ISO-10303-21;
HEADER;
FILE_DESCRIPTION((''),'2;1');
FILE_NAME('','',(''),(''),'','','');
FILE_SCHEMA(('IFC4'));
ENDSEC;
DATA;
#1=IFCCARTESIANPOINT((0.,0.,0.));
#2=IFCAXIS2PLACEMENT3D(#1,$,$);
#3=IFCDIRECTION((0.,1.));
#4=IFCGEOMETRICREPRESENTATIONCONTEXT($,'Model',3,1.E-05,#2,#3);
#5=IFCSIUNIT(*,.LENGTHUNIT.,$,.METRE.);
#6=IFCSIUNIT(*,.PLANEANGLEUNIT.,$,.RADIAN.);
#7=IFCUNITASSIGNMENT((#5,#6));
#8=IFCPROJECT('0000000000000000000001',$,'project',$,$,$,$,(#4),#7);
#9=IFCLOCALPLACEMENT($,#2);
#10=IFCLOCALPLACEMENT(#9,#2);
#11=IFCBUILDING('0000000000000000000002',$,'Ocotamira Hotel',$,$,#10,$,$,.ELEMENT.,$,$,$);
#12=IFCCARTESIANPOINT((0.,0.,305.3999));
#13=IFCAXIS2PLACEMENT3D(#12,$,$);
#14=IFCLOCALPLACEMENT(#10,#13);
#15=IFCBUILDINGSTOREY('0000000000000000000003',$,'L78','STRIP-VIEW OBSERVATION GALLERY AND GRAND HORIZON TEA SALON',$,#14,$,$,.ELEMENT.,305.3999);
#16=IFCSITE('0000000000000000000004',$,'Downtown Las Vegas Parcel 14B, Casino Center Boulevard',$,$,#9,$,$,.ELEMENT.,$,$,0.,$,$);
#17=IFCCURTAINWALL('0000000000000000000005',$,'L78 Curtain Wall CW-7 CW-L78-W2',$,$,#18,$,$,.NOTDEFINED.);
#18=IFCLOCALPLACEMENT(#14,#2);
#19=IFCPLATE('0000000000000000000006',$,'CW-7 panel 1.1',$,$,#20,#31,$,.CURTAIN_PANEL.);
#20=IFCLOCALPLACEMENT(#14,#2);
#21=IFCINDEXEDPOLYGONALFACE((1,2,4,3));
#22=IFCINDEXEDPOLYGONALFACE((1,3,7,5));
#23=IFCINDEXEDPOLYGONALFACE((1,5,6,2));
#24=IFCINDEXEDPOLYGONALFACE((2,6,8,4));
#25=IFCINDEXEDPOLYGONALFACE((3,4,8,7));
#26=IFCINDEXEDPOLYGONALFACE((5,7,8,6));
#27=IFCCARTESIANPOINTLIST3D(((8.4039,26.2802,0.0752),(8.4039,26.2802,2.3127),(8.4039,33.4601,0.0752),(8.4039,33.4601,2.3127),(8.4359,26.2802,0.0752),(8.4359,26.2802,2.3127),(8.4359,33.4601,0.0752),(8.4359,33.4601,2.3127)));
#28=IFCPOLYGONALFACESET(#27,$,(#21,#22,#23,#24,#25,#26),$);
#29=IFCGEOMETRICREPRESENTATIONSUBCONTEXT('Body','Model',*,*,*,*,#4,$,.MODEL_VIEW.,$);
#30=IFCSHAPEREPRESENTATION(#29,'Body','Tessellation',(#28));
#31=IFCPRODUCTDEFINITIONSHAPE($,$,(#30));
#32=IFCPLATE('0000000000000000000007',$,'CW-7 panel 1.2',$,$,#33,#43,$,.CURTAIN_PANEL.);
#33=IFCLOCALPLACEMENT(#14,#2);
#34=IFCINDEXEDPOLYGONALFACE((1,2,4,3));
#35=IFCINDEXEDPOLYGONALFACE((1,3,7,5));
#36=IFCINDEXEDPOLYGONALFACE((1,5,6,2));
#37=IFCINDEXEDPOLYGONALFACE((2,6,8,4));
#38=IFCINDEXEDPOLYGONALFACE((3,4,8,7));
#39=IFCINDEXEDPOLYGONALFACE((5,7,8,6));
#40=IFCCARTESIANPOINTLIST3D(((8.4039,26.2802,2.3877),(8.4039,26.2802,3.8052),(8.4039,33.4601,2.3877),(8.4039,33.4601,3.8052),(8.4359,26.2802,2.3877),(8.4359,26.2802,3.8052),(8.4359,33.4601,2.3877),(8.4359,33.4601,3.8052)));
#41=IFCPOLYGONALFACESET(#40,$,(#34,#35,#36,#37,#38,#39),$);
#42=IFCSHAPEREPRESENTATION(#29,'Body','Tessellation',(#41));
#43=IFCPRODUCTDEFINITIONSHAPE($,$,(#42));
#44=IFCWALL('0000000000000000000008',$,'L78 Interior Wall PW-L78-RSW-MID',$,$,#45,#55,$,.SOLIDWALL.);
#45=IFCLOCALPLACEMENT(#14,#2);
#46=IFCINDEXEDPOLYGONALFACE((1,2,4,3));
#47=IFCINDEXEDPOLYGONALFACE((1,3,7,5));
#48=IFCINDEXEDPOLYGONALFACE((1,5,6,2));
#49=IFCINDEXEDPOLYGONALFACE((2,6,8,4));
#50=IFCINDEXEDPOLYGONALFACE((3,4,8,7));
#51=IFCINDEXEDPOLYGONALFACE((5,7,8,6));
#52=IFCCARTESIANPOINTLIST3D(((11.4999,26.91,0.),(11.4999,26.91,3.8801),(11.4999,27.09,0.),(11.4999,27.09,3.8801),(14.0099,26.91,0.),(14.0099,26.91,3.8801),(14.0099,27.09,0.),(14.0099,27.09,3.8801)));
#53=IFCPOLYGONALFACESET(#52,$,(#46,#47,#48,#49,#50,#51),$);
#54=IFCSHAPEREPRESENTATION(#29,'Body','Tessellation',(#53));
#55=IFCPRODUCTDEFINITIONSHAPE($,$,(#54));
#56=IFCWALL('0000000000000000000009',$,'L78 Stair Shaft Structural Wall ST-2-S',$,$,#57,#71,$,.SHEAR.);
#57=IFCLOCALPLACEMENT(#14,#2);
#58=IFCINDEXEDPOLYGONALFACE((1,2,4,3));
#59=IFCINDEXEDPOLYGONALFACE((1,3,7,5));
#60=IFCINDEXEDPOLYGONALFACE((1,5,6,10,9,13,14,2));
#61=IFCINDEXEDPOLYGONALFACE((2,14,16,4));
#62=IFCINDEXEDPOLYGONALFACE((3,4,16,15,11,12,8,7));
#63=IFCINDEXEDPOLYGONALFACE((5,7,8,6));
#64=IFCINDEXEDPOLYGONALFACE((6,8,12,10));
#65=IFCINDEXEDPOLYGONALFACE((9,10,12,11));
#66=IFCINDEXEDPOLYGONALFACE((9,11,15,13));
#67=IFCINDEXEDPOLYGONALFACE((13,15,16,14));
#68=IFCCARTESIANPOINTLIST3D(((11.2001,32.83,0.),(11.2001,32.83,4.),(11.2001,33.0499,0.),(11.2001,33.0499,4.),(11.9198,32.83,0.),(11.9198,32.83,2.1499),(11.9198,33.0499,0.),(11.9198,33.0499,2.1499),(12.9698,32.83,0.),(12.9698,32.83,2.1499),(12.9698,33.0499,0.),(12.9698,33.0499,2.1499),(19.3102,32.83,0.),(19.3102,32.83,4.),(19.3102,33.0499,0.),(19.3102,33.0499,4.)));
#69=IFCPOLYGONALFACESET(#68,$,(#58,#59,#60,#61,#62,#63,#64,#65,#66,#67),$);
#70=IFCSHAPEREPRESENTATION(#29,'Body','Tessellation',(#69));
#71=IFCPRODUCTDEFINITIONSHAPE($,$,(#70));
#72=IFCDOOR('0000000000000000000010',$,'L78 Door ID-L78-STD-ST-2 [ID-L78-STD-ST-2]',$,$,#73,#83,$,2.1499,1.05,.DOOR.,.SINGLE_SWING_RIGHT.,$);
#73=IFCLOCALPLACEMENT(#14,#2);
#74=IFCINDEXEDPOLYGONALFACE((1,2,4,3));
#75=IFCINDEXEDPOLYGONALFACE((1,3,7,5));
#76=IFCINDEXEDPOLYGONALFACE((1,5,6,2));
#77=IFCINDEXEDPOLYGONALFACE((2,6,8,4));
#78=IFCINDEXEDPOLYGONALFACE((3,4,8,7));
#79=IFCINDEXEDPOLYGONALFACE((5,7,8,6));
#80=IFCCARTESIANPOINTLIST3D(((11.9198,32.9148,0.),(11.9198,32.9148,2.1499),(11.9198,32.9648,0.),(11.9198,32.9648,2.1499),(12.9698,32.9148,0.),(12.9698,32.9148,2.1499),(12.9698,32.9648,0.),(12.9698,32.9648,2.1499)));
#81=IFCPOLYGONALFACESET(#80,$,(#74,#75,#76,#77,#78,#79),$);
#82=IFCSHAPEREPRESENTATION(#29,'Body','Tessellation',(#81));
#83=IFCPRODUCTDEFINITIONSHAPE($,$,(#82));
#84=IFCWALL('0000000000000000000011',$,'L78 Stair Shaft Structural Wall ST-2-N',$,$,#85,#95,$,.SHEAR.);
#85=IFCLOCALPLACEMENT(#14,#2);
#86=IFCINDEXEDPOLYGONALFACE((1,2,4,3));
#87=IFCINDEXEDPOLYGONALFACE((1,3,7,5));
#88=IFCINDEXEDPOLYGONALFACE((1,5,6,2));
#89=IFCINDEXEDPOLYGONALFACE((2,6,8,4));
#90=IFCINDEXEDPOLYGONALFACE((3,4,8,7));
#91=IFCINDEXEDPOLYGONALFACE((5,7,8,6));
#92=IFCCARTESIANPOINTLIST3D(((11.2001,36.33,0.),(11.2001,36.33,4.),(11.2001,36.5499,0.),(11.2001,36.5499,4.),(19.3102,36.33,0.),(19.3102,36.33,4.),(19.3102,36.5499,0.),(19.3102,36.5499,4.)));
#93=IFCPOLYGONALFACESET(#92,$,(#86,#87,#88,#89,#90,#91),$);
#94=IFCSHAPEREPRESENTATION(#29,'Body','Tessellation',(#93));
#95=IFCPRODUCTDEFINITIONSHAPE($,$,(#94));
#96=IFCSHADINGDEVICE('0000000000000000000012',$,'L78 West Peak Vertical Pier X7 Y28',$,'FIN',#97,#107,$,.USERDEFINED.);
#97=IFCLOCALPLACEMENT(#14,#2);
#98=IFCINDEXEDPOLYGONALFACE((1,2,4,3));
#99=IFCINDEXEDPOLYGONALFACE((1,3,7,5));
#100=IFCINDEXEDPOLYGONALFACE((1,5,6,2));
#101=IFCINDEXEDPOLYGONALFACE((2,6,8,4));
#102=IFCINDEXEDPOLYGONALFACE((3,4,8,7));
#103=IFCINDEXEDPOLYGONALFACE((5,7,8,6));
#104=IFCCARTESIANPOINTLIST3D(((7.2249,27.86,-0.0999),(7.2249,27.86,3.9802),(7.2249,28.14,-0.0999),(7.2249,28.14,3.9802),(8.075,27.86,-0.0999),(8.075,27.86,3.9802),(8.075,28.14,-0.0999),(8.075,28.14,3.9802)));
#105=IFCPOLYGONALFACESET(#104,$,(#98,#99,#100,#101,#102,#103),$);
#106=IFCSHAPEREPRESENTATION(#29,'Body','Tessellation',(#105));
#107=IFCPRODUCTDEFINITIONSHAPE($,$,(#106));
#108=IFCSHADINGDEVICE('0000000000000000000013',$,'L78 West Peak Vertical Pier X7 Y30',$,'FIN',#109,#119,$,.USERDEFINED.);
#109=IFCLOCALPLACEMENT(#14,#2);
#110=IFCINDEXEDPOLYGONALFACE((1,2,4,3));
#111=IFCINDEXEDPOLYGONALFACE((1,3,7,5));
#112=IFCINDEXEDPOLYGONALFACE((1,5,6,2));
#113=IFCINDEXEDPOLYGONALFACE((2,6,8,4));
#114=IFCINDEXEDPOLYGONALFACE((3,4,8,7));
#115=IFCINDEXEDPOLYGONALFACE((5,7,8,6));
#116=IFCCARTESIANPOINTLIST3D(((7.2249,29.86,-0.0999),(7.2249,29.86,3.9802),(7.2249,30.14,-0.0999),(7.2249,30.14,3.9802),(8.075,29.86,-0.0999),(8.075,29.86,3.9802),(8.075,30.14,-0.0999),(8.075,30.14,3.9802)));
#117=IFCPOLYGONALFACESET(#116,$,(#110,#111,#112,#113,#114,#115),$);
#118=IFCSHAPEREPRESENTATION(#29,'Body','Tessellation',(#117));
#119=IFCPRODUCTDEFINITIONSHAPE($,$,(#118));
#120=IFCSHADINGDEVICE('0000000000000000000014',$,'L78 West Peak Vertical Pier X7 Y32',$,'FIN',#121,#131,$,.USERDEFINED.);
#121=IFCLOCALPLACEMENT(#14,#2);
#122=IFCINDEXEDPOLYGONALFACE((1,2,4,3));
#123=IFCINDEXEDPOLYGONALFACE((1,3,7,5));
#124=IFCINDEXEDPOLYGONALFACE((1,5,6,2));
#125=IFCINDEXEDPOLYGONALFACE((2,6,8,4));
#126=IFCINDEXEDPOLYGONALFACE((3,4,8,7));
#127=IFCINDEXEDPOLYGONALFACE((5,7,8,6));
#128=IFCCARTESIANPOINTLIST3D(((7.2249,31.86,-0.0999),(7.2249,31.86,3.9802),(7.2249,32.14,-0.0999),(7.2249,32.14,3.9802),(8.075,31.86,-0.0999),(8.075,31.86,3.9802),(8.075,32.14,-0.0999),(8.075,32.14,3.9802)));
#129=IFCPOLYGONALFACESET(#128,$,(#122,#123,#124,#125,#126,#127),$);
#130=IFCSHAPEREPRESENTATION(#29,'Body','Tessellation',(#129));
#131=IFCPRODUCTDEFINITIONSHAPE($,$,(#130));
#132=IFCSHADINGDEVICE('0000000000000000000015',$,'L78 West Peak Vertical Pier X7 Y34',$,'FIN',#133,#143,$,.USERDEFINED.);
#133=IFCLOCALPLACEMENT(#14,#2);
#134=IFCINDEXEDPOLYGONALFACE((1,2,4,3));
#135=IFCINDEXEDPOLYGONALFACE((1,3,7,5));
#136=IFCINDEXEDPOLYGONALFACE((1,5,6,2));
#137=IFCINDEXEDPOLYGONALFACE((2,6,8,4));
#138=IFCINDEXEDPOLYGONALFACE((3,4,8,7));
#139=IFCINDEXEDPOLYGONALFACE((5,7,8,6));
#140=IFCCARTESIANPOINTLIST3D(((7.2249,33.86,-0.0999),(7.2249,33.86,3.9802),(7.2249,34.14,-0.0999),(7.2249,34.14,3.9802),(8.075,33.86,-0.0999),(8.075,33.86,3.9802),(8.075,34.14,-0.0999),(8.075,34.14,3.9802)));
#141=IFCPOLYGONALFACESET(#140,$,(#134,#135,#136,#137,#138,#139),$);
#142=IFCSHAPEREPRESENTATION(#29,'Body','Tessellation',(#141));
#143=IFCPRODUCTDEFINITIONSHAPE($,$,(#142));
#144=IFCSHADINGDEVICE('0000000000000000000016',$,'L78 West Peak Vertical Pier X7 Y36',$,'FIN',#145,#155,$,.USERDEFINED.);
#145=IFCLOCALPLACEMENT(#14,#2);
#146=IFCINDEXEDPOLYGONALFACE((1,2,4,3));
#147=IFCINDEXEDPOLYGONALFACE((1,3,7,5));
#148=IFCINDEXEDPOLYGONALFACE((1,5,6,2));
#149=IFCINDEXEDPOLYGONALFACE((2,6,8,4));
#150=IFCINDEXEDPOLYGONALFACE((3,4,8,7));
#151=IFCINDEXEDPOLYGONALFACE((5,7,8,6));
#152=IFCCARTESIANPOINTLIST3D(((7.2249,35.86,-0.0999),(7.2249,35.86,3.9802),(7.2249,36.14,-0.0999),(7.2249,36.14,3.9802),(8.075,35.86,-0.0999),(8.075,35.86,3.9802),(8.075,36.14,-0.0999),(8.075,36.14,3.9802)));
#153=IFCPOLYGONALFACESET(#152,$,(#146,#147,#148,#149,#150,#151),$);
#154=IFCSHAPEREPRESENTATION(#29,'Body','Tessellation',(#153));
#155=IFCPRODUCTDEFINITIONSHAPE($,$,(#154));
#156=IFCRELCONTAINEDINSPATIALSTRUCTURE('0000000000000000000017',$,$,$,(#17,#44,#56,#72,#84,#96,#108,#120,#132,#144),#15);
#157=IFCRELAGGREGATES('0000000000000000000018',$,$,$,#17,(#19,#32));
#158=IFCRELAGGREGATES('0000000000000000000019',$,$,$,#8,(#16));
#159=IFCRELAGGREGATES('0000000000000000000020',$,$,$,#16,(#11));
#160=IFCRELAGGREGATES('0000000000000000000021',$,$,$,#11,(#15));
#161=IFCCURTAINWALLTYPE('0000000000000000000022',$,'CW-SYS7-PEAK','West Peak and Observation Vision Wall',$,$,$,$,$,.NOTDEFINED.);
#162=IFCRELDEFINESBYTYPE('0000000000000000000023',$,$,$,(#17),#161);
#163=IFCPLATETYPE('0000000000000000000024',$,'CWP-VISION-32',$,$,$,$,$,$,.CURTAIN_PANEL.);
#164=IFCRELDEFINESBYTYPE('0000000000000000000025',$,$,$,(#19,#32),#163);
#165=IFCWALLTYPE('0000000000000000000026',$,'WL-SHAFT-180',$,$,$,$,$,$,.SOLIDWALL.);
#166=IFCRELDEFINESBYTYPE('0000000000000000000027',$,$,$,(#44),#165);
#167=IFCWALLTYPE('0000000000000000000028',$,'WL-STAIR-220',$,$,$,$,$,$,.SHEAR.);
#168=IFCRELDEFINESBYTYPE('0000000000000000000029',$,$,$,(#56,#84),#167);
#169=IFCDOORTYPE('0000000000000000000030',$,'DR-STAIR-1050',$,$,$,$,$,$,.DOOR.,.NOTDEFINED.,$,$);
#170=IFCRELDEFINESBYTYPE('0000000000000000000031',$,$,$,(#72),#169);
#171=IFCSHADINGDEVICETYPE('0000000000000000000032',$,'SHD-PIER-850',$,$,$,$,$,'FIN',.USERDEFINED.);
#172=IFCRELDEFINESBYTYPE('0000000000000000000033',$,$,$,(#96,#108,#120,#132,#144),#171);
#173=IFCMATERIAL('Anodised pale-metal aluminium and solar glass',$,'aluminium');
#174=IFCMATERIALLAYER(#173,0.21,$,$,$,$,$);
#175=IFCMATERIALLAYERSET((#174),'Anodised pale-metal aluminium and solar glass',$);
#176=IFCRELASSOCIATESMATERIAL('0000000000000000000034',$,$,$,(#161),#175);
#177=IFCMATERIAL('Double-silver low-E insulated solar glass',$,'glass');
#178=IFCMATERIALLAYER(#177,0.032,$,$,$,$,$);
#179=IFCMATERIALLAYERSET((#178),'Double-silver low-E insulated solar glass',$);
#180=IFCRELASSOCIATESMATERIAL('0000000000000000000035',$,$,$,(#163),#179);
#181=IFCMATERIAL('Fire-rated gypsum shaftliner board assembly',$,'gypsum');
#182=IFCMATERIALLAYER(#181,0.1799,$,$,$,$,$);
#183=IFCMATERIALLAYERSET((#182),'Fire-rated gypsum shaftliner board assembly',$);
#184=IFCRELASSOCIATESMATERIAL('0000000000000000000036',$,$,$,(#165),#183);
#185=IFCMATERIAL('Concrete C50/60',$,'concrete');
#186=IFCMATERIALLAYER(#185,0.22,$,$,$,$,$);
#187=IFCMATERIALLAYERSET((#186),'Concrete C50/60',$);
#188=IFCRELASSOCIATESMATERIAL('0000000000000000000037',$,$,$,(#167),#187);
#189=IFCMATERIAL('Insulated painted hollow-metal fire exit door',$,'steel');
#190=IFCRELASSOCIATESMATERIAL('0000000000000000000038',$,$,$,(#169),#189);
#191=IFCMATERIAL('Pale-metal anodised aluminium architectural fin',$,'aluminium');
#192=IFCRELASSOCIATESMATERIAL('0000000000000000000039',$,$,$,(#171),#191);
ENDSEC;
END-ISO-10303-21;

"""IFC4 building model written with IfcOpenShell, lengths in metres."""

from ifc_helpers import new_model, si_unit, direction, frame, frame_2d, origin, origin_2d, place, context, subcontext, project, spatial, rectangle, extrude, source, transform, mapped, material, layer, layer_set, type_object, element, fill, aggregate, save


model = new_model("IFC4")

# Units and contexts
model_context = context("Model", 3, precision=1e-05, world=origin(), true_north=direction((0.0, 1.0)))
body_context = subcontext(model_context, "Body", "Model", "MODEL_VIEW")
ifc_project = project(units=[si_unit("LENGTHUNIT", "METRE"), si_unit("PLANEANGLEUNIT", "RADIAN")], contexts=[model_context])

# Site, building, storey
site_placement = place(None, origin())
site = spatial("IfcSite", under=ifc_project, at=site_placement, Name="Downtown Las Vegas Parcel 14B, Casino Center Boulevard", CompositionType="ELEMENT", RefElevation=0.0)
building_placement = place(site_placement, origin())
building = spatial("IfcBuilding", under=site, at=building_placement, Name="Ocotamira Hotel", CompositionType="ELEMENT")
storey_placement = place(building_placement, frame((0.0, 0.0, 305.3999)))
storey = spatial("IfcBuildingStorey", under=building, at=storey_placement, Name="L78", Description="STRIP-VIEW OBSERVATION GALLERY AND GRAND HORIZON TEA SALON", CompositionType="ELEMENT", Elevation=305.3999)

# Curtain wall, plates
ifc_material_1 = material(Name="Anodised pale-metal aluminium and solar glass", Category="aluminium")
ifc_layer_1 = layer(ifc_material_1, 0.21)
ifc_layer_set_1 = layer_set([ifc_layer_1], Name="Anodised pale-metal aluminium and solar glass")
curtain_wall_type = type_object("IfcCurtainWallType", Name="CW-SYS7-PEAK", Description="West Peak and Observation Vision Wall", PredefinedType="NOTDEFINED", material=ifc_layer_set_1)
curtain_wall_placement = place(storey_placement, origin())
curtain_wall = element("IfcCurtainWall", 1, at=curtain_wall_placement, inside=storey, type_object=curtain_wall_type, Name="L78 Curtain Wall CW-7 CW-L78-W2", PredefinedType="NOTDEFINED")
ifc_material_2 = material(Name="Double-silver low-E insulated solar glass", Category="glass")
ifc_layer_2 = layer(ifc_material_2, 0.032)
ifc_layer_set_2 = layer_set([ifc_layer_2], Name="Double-silver low-E insulated solar glass")
plate_type = type_object("IfcPlateType", Name="CWP-VISION-32", PredefinedType="CURTAIN_PANEL", material=ifc_layer_set_2)
shared_shape_1 = source(origin(), body_context, "Body", "SweptSolid", [
    extrude(rectangle(XDim=7.1799, YDim=0.032, at=origin_2d()), origin(), (0.0, 0.0, 1.0), 2.2375),
])
plate_1_placement = place(storey_placement, frame((8.4199, 29.8701, 0.0752), z_axis=(0.0, 0.0, 1.0), x_axis=(0.0, 1.0, 0.0)))
plate_1 = element("IfcPlate", 2, at=plate_1_placement, type_object=plate_type, Name="CW-7 panel 1.1", PredefinedType="CURTAIN_PANEL", context=body_context, shape_type="MappedRepresentation", body=[
    mapped(shared_shape_1, transform((0.0, 0.0, 0.0), scale=1.0)),
])
shared_shape_2 = source(origin(), body_context, "Body", "SweptSolid", [
    extrude(rectangle(XDim=7.1799, YDim=0.032, at=origin_2d()), origin(), (0.0, 0.0, 1.0), 1.4175),
])
plate_2_placement = place(storey_placement, frame((8.4199, 29.8701, 2.3877), z_axis=(0.0, 0.0, 1.0), x_axis=(0.0, 1.0, 0.0)))
plate_2 = element("IfcPlate", 3, at=plate_2_placement, type_object=plate_type, Name="CW-7 panel 1.2", PredefinedType="CURTAIN_PANEL", context=body_context, shape_type="MappedRepresentation", body=[
    mapped(shared_shape_2, transform((0.0, 0.0, 0.0), scale=1.0)),
])
aggregate(curtain_wall, [plate_1, plate_2])

# Wall
ifc_material_3 = material(Name="Fire-rated gypsum shaftliner board assembly", Category="gypsum")
ifc_layer_3 = layer(ifc_material_3, 0.1799)
ifc_layer_set_3 = layer_set([ifc_layer_3], Name="Fire-rated gypsum shaftliner board assembly")
wall_type_1 = type_object("IfcWallType", Name="WL-SHAFT-180", PredefinedType="SOLIDWALL", material=ifc_layer_set_3)
wall_1_placement = place(storey_placement, frame((11.5, 27.0, 0.0), z_axis=(0.0, 0.0, 1.0), x_axis=(1.0, 0.0, 0.0)))
element("IfcWall", 4, at=wall_1_placement, inside=storey, type_object=wall_type_1, Name="L78 Interior Wall PW-L78-RSW-MID", PredefinedType="SOLIDWALL", context=body_context, shape_type="SweptSolid", body=[
    extrude(rectangle(XDim=2.51, YDim=0.1799, at=frame_2d((1.2549, 0.0))), origin(), (0.0, 0.0, 1.0), 3.8801),
])

# Wall, opening, door
ifc_material_4 = material(Name="Concrete C50/60", Category="concrete")
ifc_layer_4 = layer(ifc_material_4, 0.22)
ifc_layer_set_4 = layer_set([ifc_layer_4], Name="Concrete C50/60")
wall_type_2 = type_object("IfcWallType", Name="WL-STAIR-220", PredefinedType="SHEAR", material=ifc_layer_set_4)
wall_2_placement = place(storey_placement, frame((11.2, 32.9399, 0.0), z_axis=(0.0, 0.0, 1.0), x_axis=(1.0, 0.0, 0.0)))
wall_2 = element("IfcWall", 5, at=wall_2_placement, inside=storey, type_object=wall_type_2, Name="L78 Stair Shaft Structural Wall ST-2-S", PredefinedType="SHEAR", context=body_context, shape_type="SweptSolid", body=[
    extrude(rectangle(XDim=8.1101, YDim=0.22, at=frame_2d((4.0552, 0.0))), origin(), (0.0, 0.0, 1.0), 4.0),
])
opening_1_placement = place(wall_2_placement, frame((0.72, 0.0, 0.0)))
opening_1 = element("IfcOpeningElement", 6, at=opening_1_placement, cuts=wall_2, PredefinedType="OPENING", context=body_context, shape_type="SweptSolid", body=[
    extrude(rectangle(XDim=1.05, YDim=2.1499, at=frame_2d((0.5249, 1.075))), frame((0.0, 0.1201, 0.0), z_axis=(0.0, -1.0, 0.0), x_axis=(1.0, 0.0, 0.0)), (0.0, 0.0, 1.0), 0.24),
])
ifc_material_5 = material(Name="Insulated painted hollow-metal fire exit door", Category="steel")
door_type_1 = type_object("IfcDoorType", Name="DR-STAIR-1050", OperationType="NOTDEFINED", PredefinedType="DOOR", material=ifc_material_5)
shared_shape_3 = source(origin(), body_context, "Body", "SweptSolid", [
    extrude(rectangle(XDim=1.05, YDim=2.1499, at=frame_2d((0.5249, 1.075))), frame((0.0, 0.0249, 0.0), z_axis=(0.0, -1.0, 0.0), x_axis=(1.0, 0.0, 0.0)), (0.0, 0.0, 1.0), 0.05),
])
door_1_placement = place(opening_1_placement, origin())
door_1 = element("IfcDoor", 7, at=door_1_placement, inside=storey, type_object=door_type_1, Name="L78 Door ID-L78-STD-ST-2 [ID-L78-STD-ST-2]", OperationType="SINGLE_SWING_RIGHT", OverallHeight=2.1499, OverallWidth=1.05, PredefinedType="DOOR", context=body_context, shape_type="MappedRepresentation", body=[
    mapped(shared_shape_3, transform((0.0, 0.0, 0.0), scale=1.0)),
])
fill(opening_1, door_1)

# Wall
wall_3_placement = place(storey_placement, frame((11.2, 36.4399, 0.0), z_axis=(0.0, 0.0, 1.0), x_axis=(1.0, 0.0, 0.0)))
element("IfcWall", 8, at=wall_3_placement, inside=storey, type_object=wall_type_2, Name="L78 Stair Shaft Structural Wall ST-2-N", PredefinedType="SHEAR", context=body_context, shape_type="SweptSolid", body=[
    extrude(rectangle(XDim=8.1101, YDim=0.22, at=frame_2d((4.0552, 0.0))), origin(), (0.0, 0.0, 1.0), 4.0),
])

# Shading devices
ifc_material_6 = material(Name="Pale-metal anodised aluminium architectural fin", Category="aluminium")
shading_device_type = type_object("IfcShadingDeviceType", Name="SHD-PIER-850", ElementType="FIN", PredefinedType="USERDEFINED", material=ifc_material_6)
shared_shape_4 = source(origin(), body_context, "Body", "SweptSolid", [
    extrude(rectangle(XDim=0.8501, YDim=0.28, at=origin_2d()), origin(), (0.0, 0.0, 1.0), 4.0801),
])
for number, where, z_axis, x_axis, name in (
    (9, (7.6499, 28.0, -0.0999), (0.0, 0.0, 1.0), (1.0, 0.0, 0.0), "L78 West Peak Vertical Pier X7 Y28"),
    (10, (7.6499, 30.0, -0.0999), (0.0, 0.0, 1.0), (1.0, 0.0, 0.0), "L78 West Peak Vertical Pier X7 Y30"),
    (11, (7.6499, 32.0, -0.0999), (0.0, 0.0, 1.0), (1.0, 0.0, 0.0), "L78 West Peak Vertical Pier X7 Y32"),
    (12, (7.6499, 34.0, -0.0999), (0.0, 0.0, 1.0), (1.0, 0.0, 0.0), "L78 West Peak Vertical Pier X7 Y34"),
    (13, (7.6499, 36.0, -0.0999), (0.0, 0.0, 1.0), (1.0, 0.0, 0.0), "L78 West Peak Vertical Pier X7 Y36"),
):
    element("IfcShadingDevice", number, at=place(storey_placement, frame(where, z_axis=z_axis, x_axis=x_axis)), inside=storey, type_object=shading_device_type, Name=name, ObjectType="FIN", PredefinedType="USERDEFINED", context=body_context, shape_type="MappedRepresentation", body=[
        mapped(shared_shape_4, transform((0.0, 0.0, 0.0), scale=1.0)),
    ])

save(model, "model.ifc")
